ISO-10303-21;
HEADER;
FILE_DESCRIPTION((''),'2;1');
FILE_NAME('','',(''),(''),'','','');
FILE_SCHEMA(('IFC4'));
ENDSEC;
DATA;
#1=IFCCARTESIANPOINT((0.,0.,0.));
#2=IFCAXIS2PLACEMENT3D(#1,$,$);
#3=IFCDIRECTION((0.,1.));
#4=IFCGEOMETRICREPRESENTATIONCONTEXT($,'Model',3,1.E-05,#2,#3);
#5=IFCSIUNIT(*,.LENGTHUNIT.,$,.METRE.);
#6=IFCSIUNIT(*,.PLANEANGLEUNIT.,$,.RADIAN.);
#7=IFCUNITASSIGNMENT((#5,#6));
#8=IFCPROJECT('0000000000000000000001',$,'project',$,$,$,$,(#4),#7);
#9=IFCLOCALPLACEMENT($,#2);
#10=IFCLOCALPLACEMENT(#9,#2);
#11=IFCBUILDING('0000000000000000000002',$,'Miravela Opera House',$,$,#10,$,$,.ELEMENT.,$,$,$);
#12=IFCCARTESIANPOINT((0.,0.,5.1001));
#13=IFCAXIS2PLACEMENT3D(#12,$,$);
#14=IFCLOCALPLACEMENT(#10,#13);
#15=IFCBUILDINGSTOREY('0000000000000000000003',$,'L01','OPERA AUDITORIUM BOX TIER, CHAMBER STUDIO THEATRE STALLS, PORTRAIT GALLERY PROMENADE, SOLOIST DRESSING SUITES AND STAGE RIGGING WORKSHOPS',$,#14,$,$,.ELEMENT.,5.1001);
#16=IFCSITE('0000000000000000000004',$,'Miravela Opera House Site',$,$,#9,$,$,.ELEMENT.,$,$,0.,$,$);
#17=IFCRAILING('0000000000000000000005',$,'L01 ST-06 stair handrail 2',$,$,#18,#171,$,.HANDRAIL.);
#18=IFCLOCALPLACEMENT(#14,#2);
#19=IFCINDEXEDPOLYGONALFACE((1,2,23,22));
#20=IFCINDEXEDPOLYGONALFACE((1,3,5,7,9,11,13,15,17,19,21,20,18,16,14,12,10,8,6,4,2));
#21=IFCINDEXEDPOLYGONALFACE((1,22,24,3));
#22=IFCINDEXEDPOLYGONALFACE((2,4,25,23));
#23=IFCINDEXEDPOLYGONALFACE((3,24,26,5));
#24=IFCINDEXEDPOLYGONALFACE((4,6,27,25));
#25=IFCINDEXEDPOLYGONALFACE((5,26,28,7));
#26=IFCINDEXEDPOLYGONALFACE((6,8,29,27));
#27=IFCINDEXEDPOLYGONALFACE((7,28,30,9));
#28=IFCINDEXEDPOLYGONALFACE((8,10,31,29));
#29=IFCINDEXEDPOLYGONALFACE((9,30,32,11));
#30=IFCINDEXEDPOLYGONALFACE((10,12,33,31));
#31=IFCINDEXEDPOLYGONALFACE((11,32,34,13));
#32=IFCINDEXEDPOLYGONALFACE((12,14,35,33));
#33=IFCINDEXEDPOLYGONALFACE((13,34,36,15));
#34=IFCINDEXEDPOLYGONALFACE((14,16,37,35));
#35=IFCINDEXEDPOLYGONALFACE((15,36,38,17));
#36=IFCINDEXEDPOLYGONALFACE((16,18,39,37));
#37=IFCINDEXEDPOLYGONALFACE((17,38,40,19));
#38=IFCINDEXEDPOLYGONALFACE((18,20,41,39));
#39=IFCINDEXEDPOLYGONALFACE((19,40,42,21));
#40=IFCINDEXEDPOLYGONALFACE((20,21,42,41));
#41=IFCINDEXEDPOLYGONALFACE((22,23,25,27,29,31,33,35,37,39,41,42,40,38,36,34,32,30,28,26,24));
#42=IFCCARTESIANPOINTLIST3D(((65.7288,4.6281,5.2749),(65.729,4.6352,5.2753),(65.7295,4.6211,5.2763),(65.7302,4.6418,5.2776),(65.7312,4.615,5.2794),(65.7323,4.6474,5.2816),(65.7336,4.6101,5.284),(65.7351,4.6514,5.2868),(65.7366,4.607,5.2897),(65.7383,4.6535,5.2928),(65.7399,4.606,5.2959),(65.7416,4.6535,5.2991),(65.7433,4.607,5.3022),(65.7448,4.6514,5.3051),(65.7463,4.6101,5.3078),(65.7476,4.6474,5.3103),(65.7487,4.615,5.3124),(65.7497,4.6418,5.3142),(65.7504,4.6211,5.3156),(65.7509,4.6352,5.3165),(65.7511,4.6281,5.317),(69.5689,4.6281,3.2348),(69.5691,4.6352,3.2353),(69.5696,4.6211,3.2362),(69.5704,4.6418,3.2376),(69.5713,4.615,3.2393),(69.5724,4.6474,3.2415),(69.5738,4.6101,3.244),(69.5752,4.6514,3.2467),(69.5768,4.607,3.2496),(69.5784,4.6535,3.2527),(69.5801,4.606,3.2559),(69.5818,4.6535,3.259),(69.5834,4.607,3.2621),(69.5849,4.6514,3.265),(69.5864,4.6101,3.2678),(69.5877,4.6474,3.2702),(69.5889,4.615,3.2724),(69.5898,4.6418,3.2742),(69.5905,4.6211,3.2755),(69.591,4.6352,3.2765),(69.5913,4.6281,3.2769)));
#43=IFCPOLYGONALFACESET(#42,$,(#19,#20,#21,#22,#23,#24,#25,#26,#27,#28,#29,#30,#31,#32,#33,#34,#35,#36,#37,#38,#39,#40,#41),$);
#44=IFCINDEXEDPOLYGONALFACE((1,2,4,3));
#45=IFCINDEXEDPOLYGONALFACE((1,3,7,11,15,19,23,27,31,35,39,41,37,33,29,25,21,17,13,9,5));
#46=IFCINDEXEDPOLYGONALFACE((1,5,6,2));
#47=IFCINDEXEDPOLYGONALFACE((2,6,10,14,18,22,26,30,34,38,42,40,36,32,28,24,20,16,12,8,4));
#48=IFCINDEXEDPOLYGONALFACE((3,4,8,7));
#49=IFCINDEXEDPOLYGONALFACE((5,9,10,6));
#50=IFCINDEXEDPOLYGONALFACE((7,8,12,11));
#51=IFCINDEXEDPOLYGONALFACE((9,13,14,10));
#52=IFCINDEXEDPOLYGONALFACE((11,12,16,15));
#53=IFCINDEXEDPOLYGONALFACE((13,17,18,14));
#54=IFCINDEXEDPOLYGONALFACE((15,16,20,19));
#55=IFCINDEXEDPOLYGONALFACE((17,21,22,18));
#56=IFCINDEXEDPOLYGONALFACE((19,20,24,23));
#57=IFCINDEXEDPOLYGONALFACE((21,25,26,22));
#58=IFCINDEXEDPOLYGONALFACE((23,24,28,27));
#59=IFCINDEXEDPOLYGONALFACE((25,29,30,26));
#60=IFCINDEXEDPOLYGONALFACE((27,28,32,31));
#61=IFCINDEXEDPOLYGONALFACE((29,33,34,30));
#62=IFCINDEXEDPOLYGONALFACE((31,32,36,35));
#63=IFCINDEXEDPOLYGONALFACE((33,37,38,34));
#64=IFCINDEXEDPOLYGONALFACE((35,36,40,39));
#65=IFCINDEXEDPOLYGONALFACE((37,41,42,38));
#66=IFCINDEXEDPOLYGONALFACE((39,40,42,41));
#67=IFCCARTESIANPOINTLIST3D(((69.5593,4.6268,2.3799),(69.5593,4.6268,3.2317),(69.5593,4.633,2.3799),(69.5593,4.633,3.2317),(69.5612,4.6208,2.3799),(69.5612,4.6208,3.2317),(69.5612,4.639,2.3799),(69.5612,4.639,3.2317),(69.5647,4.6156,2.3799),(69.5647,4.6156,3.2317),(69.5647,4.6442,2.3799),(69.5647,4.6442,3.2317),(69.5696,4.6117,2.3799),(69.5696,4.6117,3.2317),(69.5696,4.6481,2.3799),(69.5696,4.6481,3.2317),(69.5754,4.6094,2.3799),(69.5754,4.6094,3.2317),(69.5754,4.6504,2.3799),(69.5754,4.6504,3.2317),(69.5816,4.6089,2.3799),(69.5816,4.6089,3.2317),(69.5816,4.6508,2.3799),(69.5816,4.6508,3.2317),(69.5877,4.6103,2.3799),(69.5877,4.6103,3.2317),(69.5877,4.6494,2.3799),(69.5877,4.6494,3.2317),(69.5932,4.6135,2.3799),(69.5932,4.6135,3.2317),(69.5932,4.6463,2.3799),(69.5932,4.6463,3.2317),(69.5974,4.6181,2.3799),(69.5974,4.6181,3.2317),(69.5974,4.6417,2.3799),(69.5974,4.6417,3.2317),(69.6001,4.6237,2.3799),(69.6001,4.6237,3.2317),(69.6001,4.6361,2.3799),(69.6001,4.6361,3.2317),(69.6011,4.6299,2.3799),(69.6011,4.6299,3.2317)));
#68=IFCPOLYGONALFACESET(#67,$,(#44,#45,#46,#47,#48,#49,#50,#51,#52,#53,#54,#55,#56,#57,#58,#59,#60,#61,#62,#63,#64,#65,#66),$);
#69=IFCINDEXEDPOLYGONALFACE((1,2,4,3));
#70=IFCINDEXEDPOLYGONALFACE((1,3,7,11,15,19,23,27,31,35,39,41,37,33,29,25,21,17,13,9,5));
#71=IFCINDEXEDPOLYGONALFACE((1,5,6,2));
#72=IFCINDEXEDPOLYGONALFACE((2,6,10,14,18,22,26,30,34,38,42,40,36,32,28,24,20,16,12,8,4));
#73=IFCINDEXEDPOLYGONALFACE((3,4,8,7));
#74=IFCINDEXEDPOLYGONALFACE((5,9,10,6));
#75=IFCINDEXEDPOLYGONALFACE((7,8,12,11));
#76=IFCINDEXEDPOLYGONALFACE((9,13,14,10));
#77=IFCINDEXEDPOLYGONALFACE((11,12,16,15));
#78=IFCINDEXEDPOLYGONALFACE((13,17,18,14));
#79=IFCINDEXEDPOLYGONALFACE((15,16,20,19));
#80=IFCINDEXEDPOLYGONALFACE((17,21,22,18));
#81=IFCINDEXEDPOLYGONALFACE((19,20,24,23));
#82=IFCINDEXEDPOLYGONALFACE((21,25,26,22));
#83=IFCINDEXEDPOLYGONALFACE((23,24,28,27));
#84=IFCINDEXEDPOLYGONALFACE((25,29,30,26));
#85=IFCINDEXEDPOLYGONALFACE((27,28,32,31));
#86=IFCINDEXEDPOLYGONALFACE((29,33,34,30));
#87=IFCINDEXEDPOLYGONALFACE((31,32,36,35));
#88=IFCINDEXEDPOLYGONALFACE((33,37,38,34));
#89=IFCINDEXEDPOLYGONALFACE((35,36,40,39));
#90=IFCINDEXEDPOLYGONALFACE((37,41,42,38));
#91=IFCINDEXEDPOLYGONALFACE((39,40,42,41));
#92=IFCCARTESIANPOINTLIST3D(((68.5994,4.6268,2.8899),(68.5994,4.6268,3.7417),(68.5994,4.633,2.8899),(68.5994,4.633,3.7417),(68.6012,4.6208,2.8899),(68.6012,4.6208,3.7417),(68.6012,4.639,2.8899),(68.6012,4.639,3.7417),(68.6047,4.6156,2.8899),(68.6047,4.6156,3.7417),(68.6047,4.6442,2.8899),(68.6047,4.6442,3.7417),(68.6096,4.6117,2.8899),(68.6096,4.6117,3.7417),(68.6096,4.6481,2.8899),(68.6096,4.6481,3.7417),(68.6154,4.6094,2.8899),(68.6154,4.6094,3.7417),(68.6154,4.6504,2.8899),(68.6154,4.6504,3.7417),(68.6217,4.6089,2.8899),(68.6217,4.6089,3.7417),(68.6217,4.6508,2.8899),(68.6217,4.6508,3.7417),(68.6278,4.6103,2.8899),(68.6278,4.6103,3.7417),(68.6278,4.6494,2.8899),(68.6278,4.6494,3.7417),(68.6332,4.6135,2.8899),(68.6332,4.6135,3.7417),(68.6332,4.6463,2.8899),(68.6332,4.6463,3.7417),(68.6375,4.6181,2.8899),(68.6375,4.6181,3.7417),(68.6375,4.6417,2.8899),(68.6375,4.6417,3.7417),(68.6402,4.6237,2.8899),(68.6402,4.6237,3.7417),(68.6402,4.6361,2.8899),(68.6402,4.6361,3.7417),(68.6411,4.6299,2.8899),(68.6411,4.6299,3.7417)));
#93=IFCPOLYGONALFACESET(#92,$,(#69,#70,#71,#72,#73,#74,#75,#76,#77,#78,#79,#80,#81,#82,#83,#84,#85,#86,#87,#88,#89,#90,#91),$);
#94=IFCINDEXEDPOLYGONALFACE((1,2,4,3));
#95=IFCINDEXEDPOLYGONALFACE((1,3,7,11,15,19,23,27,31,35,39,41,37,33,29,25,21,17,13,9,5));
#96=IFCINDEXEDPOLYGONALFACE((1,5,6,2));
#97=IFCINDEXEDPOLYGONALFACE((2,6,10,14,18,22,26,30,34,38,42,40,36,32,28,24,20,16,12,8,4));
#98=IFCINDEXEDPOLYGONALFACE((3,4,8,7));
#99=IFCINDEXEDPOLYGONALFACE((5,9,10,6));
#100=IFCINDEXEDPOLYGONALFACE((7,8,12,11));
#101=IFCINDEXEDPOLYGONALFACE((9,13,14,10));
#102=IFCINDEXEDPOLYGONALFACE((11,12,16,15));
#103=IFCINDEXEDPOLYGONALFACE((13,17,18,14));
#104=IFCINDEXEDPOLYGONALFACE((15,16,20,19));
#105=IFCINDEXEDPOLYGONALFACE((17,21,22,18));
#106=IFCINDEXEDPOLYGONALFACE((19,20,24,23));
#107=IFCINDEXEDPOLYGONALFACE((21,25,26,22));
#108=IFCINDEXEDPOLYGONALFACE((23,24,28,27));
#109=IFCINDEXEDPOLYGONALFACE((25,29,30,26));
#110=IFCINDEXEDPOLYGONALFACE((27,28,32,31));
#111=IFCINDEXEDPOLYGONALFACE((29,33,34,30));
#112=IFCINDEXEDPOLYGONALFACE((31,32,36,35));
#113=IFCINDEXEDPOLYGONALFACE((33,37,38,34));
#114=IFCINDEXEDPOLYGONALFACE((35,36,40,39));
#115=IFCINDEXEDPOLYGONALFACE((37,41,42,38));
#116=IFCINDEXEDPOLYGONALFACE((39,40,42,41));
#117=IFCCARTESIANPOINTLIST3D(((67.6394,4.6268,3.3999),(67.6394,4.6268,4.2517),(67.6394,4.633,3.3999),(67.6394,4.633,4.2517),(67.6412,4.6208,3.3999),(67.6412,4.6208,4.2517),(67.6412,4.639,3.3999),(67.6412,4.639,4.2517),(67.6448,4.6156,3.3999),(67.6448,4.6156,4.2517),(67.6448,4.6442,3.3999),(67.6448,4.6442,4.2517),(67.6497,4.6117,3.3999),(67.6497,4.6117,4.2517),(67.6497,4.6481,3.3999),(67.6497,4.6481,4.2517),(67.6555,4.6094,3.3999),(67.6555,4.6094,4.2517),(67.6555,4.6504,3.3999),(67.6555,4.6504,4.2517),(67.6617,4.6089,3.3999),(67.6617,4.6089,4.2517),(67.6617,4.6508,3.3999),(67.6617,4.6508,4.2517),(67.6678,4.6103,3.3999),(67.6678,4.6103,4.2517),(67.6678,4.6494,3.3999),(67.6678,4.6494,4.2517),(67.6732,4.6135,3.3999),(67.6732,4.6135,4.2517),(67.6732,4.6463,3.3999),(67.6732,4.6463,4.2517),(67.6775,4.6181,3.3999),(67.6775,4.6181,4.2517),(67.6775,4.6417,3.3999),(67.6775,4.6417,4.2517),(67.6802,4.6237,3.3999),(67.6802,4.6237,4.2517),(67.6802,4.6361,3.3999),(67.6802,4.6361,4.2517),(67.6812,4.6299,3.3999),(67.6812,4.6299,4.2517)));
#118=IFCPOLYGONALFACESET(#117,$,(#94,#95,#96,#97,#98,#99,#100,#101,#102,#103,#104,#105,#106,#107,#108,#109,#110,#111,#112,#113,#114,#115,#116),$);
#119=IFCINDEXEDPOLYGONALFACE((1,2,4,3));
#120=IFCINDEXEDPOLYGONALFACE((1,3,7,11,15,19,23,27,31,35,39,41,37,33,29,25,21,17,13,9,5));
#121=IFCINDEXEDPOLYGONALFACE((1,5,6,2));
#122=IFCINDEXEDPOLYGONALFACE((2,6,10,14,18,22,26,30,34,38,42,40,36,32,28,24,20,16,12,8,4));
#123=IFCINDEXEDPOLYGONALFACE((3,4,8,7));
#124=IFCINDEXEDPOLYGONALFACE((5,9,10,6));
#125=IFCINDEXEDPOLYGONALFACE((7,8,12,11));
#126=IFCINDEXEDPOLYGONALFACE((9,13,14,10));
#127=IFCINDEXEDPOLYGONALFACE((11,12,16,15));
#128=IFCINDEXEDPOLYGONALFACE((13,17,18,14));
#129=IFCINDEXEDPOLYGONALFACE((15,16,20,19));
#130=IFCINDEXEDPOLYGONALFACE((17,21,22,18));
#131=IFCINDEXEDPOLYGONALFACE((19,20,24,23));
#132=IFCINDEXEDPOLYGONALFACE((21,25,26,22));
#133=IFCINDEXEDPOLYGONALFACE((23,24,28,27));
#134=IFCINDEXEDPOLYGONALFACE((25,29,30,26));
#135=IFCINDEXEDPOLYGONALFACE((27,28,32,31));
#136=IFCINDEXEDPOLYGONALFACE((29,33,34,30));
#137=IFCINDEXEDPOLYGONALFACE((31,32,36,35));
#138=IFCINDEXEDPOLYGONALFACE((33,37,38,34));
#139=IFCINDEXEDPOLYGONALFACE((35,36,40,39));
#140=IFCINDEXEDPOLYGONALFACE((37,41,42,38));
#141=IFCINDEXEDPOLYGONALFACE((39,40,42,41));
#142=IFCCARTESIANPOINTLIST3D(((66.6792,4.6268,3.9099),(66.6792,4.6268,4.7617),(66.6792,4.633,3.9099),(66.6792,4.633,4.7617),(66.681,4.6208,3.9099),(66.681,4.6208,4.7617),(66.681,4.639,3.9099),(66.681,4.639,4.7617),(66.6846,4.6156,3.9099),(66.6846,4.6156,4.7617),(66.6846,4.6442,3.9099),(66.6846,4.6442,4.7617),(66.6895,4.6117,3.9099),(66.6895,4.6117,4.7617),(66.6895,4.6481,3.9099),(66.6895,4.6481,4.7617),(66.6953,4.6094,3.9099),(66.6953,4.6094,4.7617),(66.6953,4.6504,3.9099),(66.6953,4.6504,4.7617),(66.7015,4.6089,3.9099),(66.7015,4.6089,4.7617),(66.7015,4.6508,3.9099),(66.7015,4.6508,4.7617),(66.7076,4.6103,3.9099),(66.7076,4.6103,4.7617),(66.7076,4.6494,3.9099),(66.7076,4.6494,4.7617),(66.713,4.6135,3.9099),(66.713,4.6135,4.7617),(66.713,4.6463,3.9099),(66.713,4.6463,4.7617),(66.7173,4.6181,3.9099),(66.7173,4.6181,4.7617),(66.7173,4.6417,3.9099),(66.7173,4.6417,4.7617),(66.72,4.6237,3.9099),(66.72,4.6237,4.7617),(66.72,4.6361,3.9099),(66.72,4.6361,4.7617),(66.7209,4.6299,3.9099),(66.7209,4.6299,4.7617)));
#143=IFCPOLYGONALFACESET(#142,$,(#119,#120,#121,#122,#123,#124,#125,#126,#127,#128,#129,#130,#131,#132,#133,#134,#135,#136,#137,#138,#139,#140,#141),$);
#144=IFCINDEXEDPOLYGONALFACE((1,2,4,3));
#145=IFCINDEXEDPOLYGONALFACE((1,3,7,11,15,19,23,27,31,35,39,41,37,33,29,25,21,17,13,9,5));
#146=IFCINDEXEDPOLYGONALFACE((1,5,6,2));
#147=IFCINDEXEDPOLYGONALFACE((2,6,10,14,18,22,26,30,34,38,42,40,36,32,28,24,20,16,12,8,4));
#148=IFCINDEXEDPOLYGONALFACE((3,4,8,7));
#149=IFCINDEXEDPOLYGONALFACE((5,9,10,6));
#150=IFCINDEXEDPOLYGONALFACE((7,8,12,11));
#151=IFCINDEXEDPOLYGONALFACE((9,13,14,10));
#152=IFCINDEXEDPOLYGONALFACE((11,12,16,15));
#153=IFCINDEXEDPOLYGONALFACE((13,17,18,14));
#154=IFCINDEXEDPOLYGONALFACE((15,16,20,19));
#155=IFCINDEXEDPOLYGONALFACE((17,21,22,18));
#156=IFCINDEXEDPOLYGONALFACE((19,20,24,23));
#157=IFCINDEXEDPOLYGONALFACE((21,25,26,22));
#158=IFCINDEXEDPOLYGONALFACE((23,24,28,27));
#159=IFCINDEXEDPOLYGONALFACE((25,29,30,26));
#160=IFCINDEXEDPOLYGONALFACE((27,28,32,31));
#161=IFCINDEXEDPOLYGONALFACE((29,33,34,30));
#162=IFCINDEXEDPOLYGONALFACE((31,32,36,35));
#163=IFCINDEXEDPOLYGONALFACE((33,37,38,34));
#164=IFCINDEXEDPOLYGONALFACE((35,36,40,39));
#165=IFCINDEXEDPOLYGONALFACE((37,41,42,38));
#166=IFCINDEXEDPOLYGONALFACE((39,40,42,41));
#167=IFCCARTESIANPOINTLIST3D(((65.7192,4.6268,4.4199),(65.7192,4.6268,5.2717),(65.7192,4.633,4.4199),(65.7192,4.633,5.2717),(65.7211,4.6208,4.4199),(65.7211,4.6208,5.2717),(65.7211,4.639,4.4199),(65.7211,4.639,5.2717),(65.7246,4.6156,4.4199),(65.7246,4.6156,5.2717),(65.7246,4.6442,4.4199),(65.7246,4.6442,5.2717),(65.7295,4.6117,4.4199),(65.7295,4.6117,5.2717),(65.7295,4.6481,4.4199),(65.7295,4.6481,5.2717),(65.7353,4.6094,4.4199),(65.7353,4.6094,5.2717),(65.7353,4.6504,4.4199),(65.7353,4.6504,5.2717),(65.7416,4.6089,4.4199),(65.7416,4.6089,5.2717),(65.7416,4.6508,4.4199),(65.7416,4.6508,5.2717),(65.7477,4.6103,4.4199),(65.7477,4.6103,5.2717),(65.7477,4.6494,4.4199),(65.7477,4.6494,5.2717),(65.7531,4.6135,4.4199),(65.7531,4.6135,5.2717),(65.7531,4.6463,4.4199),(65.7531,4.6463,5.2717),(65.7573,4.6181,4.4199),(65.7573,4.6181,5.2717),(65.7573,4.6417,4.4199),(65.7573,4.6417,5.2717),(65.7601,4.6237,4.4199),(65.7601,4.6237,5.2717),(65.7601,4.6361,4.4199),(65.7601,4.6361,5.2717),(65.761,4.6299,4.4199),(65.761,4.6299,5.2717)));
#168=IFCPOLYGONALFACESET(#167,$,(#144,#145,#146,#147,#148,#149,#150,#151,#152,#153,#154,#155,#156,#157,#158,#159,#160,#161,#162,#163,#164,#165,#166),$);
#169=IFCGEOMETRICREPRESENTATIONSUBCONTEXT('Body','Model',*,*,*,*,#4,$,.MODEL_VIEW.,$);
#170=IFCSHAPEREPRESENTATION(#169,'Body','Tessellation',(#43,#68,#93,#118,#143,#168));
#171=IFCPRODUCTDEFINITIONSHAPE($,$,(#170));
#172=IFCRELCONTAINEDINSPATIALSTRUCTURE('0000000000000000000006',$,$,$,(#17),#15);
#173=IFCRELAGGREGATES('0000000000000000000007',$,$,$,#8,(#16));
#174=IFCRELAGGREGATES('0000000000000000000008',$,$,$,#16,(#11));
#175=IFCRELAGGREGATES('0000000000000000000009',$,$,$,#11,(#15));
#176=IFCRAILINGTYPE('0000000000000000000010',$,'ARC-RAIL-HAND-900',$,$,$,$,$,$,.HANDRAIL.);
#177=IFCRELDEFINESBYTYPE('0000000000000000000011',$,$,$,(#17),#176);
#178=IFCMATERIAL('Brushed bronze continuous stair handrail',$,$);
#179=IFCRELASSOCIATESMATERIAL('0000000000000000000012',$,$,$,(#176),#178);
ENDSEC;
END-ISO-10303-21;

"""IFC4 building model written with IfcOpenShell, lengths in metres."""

from ifc_helpers import new_model, si_unit, direction, frame, origin, origin_2d, place, context, subcontext, project, spatial, circle, extrude, material, type_object, element, save


model = new_model("IFC4")

# Units and contexts
model_context = context("Model", 3, precision=1e-05, world=origin(), true_north=direction((0.0, 1.0)))
body_context = subcontext(model_context, "Body", "Model", "MODEL_VIEW")
ifc_project = project(units=[si_unit("LENGTHUNIT", "METRE"), si_unit("PLANEANGLEUNIT", "RADIAN")], contexts=[model_context])

# Site, building, storey
site_placement = place(None, origin())
site = spatial("IfcSite", under=ifc_project, at=site_placement, Name="Miravela Opera House Site", CompositionType="ELEMENT", RefElevation=0.0)
building_placement = place(site_placement, origin())
building = spatial("IfcBuilding", under=site, at=building_placement, Name="Miravela Opera House", CompositionType="ELEMENT")
storey_placement = place(building_placement, frame((0.0, 0.0, 5.1001)))
storey = spatial("IfcBuildingStorey", under=building, at=storey_placement, Name="L01", Description="OPERA AUDITORIUM BOX TIER, CHAMBER STUDIO THEATRE STALLS, PORTRAIT GALLERY PROMENADE, SOLOIST DRESSING SUITES AND STAGE RIGGING WORKSHOPS", CompositionType="ELEMENT", Elevation=5.1001)

# Railing
ifc_material_1 = material(Name="Brushed bronze continuous stair handrail")
railing_type_1 = type_object("IfcRailingType", Name="ARC-RAIL-HAND-900", PredefinedType="HANDRAIL", material=ifc_material_1)
railing_1_placement = place(storey_placement, frame((69.5801, 4.6299, 2.3799)))
element("IfcRailing", 1, at=railing_1_placement, inside=storey, type_object=railing_type_1, Name="L01 ST-06 stair handrail 2", PredefinedType="HANDRAIL", context=body_context, shape_type="SweptSolid", body=[
    extrude(circle(Radius=0.0239, at=origin_2d()), frame((0.0, 0.0, 0.876), z_axis=(-0.883116, 0.0, 0.469154), x_axis=(0.0, -1.0, 0.0)), (0.0, 0.0, 1.0), 4.3484),
    extrude(circle(Radius=0.021, at=origin_2d()), origin(), (0.0, 0.0, 1.0), 0.8518),
    extrude(circle(Radius=0.021, at=origin_2d()), frame((-0.96, 0.0, 0.51)), (0.0, 0.0, 1.0), 0.8518),
    extrude(circle(Radius=0.021, at=origin_2d()), frame((-1.9199, 0.0, 1.02)), (0.0, 0.0, 1.0), 0.8518),
    extrude(circle(Radius=0.021, at=origin_2d()), frame((-2.8801, 0.0, 1.53)), (0.0, 0.0, 1.0), 0.8518),
    extrude(circle(Radius=0.021, at=origin_2d()), frame((-3.8401, 0.0, 2.04)), (0.0, 0.0, 1.0), 0.8518),
])

save(model, "model.ifc")
